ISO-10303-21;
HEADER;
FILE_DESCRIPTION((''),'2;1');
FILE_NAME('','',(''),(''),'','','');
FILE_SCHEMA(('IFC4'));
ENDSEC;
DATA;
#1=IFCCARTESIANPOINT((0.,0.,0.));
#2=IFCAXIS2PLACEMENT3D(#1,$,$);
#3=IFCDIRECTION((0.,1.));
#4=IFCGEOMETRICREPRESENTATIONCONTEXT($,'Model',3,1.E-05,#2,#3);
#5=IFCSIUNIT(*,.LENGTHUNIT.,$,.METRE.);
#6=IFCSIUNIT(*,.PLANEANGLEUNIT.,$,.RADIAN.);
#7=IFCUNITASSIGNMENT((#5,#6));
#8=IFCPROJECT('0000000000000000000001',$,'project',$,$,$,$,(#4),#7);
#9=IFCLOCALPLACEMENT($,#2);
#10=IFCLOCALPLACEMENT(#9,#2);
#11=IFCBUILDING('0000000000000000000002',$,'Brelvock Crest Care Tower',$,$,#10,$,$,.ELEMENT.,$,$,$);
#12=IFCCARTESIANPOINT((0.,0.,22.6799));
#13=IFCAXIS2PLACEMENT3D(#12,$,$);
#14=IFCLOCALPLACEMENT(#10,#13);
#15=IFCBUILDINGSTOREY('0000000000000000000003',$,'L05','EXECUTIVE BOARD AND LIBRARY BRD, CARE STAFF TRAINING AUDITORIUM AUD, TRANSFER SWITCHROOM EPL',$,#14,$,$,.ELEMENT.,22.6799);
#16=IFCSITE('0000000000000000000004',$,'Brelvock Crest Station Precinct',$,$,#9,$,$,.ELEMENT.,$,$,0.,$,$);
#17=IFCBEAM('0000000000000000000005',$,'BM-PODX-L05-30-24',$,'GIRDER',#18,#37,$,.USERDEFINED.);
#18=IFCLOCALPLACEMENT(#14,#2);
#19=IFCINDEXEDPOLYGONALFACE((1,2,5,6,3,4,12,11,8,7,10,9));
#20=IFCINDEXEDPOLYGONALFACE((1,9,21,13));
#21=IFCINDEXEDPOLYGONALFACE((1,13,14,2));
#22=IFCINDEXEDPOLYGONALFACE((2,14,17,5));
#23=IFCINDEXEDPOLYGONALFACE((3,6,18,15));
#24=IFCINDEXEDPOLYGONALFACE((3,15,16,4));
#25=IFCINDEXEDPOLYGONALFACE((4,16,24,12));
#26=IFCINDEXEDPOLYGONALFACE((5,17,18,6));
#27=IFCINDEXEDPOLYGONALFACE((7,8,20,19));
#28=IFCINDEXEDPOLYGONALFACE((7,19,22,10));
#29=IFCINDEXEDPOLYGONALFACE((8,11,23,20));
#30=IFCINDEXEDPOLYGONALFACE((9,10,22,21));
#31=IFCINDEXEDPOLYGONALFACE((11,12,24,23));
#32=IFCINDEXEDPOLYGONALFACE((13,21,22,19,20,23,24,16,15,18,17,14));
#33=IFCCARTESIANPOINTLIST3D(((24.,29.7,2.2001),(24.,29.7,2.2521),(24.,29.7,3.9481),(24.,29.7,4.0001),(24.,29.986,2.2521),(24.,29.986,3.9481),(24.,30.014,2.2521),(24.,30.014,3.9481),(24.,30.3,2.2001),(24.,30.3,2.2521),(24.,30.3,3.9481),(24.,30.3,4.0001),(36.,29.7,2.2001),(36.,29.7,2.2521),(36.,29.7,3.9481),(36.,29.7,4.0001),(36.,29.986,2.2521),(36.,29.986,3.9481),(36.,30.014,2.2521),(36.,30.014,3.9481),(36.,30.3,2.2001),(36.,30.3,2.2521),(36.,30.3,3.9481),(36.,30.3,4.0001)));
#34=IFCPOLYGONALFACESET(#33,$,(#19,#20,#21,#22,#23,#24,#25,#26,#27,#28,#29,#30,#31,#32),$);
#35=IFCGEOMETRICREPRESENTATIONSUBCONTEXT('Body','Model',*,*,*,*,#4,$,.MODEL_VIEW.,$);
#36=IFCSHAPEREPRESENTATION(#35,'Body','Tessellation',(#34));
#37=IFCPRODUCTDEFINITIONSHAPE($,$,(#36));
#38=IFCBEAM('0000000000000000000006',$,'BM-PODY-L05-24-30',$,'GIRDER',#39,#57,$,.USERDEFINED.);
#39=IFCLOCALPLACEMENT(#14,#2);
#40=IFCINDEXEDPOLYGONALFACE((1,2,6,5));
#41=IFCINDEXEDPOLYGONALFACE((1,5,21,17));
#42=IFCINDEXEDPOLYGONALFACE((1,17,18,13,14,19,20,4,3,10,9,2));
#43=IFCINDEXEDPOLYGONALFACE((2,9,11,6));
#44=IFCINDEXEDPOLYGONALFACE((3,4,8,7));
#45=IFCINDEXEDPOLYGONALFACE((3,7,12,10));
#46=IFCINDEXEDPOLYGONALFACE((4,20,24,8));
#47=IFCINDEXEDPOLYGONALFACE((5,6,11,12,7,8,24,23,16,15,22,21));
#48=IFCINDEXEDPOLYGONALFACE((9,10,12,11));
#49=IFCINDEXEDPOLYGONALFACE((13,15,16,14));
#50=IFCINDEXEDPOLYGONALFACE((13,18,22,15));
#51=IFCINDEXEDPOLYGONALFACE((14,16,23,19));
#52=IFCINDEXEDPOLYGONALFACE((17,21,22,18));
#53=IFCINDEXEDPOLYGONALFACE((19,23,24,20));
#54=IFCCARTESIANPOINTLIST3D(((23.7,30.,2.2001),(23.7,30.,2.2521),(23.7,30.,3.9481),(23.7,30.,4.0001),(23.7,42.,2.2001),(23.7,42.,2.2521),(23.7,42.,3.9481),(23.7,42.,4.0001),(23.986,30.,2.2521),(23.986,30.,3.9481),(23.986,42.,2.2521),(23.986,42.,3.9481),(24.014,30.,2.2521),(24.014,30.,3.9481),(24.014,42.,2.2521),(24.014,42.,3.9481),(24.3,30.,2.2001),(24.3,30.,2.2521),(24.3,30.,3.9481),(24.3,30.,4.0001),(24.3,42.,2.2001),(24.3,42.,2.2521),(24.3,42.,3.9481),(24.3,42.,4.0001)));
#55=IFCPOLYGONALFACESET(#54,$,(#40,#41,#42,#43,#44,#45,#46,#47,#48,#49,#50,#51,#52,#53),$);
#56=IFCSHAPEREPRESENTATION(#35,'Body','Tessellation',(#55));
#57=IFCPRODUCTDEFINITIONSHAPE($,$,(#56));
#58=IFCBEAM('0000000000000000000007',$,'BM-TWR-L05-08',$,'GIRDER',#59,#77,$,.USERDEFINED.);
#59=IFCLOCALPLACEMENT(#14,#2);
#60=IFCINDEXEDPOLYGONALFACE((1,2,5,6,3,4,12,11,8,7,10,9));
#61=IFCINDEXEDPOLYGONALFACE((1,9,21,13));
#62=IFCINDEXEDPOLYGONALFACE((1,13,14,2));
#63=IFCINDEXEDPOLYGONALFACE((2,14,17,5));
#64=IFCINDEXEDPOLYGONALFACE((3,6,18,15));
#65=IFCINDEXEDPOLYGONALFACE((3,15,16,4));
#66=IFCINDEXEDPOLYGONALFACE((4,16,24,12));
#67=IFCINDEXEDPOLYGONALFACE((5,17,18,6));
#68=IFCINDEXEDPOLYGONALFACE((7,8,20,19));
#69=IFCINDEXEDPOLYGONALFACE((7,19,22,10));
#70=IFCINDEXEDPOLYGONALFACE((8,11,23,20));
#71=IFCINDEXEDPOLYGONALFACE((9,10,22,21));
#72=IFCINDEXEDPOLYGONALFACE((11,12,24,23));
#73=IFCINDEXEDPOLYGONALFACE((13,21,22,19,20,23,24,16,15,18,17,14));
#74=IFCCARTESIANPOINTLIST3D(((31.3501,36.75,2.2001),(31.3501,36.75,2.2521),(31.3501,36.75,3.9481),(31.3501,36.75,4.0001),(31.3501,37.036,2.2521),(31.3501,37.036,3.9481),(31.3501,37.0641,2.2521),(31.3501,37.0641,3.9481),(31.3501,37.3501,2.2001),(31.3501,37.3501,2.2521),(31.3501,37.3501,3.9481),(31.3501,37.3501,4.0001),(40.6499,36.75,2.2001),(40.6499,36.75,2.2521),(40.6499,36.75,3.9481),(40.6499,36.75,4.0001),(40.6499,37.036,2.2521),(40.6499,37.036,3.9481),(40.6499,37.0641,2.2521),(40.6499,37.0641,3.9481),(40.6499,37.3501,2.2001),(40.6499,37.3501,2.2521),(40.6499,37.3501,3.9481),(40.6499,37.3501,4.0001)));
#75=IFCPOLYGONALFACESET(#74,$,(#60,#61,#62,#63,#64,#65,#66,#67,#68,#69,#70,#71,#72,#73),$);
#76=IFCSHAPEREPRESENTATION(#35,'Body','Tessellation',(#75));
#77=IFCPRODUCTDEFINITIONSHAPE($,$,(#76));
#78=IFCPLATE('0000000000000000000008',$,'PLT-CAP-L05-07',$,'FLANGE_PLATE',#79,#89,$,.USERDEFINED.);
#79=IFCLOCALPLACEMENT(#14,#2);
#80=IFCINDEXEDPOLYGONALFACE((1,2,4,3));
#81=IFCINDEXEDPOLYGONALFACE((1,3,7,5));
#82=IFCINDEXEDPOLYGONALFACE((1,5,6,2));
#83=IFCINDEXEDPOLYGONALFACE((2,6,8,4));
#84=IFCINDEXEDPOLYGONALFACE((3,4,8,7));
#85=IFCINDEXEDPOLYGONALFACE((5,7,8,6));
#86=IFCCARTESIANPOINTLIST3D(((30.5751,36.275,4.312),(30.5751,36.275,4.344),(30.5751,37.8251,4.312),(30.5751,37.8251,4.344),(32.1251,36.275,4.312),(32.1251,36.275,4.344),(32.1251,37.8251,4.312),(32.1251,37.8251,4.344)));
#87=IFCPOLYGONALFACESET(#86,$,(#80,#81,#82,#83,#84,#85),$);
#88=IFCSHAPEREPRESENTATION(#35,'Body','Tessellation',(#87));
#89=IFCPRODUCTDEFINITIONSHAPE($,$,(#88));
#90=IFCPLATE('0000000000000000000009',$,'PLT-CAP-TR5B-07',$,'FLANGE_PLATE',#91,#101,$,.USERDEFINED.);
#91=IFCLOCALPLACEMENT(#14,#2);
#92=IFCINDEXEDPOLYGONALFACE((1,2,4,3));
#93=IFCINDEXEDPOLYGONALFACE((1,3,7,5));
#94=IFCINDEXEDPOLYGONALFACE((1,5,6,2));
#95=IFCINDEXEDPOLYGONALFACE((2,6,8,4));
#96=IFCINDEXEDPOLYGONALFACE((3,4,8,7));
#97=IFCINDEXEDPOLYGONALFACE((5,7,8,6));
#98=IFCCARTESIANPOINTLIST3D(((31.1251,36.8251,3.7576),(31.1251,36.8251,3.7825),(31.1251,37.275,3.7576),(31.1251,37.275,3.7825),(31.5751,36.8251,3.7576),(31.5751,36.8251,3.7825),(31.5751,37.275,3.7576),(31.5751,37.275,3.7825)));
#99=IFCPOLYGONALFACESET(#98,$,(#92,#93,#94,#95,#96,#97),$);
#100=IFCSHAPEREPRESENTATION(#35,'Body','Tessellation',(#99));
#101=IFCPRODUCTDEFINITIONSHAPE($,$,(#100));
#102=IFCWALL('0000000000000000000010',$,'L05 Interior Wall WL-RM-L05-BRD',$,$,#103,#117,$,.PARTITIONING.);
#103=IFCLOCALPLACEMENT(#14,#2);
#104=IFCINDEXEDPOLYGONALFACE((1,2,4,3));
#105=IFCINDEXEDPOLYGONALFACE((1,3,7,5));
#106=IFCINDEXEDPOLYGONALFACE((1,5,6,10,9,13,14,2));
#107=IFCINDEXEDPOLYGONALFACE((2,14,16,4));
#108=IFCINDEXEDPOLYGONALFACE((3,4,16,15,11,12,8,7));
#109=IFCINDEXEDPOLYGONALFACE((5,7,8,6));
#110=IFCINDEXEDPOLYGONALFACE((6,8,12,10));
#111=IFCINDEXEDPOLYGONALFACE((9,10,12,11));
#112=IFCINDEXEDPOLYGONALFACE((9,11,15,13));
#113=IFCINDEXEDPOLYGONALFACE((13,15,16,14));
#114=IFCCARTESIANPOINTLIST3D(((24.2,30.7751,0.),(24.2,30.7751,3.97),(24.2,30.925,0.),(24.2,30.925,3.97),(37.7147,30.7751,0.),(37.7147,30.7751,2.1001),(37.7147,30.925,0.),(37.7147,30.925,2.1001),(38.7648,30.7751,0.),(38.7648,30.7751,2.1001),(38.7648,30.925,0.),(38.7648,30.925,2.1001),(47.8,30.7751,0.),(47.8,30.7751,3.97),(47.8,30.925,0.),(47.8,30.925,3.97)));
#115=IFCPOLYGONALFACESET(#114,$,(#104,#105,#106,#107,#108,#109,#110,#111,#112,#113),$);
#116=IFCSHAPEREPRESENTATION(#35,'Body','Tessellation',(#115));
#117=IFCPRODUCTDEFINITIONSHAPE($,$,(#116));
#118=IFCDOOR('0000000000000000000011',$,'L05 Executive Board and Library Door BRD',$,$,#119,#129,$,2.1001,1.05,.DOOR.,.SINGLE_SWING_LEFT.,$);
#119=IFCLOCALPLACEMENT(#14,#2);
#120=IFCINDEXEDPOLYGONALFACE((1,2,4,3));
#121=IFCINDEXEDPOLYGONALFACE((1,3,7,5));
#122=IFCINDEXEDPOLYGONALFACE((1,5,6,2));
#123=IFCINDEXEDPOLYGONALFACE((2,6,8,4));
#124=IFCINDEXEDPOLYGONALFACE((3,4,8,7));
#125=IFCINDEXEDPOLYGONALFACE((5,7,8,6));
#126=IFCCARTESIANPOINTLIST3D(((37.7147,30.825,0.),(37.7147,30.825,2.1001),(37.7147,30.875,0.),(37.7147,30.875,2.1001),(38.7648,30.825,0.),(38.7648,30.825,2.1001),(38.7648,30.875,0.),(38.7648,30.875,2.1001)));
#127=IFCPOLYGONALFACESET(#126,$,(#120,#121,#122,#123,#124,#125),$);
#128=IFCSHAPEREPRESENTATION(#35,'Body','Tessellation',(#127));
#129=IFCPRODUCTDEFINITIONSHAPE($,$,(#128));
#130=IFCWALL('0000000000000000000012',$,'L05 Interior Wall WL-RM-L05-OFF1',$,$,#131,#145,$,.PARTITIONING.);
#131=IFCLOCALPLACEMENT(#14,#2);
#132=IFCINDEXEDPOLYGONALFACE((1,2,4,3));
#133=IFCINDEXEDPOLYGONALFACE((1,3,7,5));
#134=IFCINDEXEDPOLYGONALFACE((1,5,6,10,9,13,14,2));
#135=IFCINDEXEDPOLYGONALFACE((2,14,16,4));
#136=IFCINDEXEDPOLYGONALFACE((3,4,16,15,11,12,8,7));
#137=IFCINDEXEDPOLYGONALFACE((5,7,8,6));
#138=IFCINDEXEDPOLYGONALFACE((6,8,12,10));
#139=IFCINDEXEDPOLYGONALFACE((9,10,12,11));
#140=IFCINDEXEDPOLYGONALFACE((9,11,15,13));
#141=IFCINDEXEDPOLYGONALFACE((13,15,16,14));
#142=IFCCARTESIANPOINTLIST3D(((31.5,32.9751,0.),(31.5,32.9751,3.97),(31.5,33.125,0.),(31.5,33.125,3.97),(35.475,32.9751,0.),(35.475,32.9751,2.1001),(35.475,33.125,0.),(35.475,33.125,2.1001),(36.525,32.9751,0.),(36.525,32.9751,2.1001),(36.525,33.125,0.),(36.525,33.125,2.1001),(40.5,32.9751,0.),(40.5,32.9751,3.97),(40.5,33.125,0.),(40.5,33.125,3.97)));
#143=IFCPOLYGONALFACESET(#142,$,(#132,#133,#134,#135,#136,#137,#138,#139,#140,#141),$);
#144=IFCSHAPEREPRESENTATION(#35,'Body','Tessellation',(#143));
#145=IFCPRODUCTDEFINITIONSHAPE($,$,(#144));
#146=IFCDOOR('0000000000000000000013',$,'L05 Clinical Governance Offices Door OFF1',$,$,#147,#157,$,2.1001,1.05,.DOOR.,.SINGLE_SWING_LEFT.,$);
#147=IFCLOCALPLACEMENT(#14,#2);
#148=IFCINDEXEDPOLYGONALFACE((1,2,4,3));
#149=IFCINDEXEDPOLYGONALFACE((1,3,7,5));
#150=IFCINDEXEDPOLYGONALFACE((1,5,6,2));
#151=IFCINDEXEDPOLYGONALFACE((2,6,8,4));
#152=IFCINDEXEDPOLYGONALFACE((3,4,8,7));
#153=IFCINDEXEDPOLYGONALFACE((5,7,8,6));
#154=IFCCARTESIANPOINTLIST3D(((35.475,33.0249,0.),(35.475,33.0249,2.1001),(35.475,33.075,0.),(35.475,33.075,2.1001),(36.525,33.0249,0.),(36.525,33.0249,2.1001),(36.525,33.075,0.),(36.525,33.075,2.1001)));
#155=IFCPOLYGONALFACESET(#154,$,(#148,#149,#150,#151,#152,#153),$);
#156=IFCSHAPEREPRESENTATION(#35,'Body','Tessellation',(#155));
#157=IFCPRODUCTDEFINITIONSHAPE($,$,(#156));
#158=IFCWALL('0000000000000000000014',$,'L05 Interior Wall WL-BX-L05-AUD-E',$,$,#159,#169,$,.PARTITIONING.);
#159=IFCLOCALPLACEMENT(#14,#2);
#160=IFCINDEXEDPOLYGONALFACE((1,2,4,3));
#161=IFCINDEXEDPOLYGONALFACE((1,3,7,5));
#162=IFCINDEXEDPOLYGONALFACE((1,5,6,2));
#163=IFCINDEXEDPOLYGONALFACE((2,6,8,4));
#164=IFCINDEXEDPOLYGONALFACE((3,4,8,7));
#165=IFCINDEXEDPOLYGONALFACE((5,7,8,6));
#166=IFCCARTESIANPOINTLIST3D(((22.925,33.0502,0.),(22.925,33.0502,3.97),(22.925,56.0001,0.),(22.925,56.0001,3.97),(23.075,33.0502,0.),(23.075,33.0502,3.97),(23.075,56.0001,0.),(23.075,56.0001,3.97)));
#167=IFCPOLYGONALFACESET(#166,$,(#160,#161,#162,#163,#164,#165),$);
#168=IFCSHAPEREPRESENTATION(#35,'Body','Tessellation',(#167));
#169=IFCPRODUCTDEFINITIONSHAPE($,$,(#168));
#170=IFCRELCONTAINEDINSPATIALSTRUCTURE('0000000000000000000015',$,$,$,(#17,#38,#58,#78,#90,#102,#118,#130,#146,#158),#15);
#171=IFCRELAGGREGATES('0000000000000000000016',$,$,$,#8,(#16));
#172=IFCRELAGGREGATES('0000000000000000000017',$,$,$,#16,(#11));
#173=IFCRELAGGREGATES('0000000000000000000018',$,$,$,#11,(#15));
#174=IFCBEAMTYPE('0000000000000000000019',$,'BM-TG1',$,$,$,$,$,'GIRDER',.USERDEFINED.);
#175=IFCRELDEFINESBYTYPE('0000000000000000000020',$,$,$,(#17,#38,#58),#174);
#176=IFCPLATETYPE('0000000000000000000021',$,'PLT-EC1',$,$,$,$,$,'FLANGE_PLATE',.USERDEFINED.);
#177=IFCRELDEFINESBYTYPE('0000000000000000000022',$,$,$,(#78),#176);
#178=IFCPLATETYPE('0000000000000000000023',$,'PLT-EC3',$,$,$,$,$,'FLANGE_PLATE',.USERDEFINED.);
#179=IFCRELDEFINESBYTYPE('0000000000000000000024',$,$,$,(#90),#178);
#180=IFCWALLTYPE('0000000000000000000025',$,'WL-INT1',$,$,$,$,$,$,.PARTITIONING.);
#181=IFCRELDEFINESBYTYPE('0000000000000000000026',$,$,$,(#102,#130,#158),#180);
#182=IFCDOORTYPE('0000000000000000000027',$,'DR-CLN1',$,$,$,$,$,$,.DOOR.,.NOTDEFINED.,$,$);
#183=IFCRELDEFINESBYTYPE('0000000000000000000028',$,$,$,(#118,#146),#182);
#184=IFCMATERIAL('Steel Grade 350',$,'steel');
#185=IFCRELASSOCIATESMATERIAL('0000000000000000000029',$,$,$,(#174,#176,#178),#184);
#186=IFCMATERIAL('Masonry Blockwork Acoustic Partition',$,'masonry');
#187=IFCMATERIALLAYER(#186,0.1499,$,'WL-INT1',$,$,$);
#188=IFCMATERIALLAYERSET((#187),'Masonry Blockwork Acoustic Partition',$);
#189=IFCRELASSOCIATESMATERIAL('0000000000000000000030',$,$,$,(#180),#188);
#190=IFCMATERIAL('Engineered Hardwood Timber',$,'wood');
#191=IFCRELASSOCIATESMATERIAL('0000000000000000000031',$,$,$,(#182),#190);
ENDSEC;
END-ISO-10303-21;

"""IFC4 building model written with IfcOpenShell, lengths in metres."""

from ifc_helpers import new_model, si_unit, direction, frame, frame_2d, origin, origin_2d, place, context, subcontext, project, spatial, rectangle, i_section, extrude, source, transform, mapped, material, layer, layer_set, material_profile, profile_set, type_object, element, fill, save


model = new_model("IFC4")

# Units and contexts
model_context = context("Model", 3, precision=1e-05, world=origin(), true_north=direction((0.0, 1.0)))
body_context = subcontext(model_context, "Body", "Model", "MODEL_VIEW")
ifc_project = project(units=[si_unit("LENGTHUNIT", "METRE"), si_unit("PLANEANGLEUNIT", "RADIAN")], contexts=[model_context])

# Site, building, storey
site_placement = place(None, origin())
site = spatial("IfcSite", under=ifc_project, at=site_placement, Name="Brelvock Crest Station Precinct", CompositionType="ELEMENT", RefElevation=0.0)
building_placement = place(site_placement, origin())
building = spatial("IfcBuilding", under=site, at=building_placement, Name="Brelvock Crest Care Tower", CompositionType="ELEMENT")
storey_placement = place(building_placement, frame((0.0, 0.0, 22.6799)))
storey = spatial("IfcBuildingStorey", under=building, at=storey_placement, Name="L05", Description="EXECUTIVE BOARD AND LIBRARY BRD, CARE STAFF TRAINING AUDITORIUM AUD, TRANSFER SWITCHROOM EPL", CompositionType="ELEMENT", Elevation=22.6799)

# Shared definitions
ifc_material_1 = material(Name="Steel Grade 350", Category="steel")

# Beams
ifc_material_profile_1 = material_profile(ifc_material_1, i_section(OverallWidth=0.6001, OverallDepth=1.8, WebThickness=0.0281, FlangeThickness=0.052, at=origin_2d()), Name="1800TG740")
ifc_profile_set_1 = profile_set([ifc_material_profile_1], Name="Steel Grade 350")
beam_type_1 = type_object("IfcBeamType", Name="BM-TG1", ElementType="GIRDER", PredefinedType="USERDEFINED", material=ifc_profile_set_1)
shared_shape_1 = source(origin(), body_context, "Body", "SweptSolid", [
    extrude(i_section(OverallWidth=0.6001, OverallDepth=1.8, WebThickness=0.0281, FlangeThickness=0.052, at=origin_2d()), origin(), (0.0, 0.0, 1.0), 12.0),
])
for number, where, z_axis, x_axis, name in (
    (1, (24.0, 30.0, 3.1001), (1.0, 0.0, 0.0), (0.0, 1.0, 0.0), "BM-PODX-L05-30-24"),
    (2, (24.0, 30.0, 3.1001), (0.0, 1.0, 0.0), (-1.0, 0.0, 0.0), "BM-PODY-L05-24-30"),
):
    element("IfcBeam", number, at=place(storey_placement, frame(where, z_axis=z_axis, x_axis=x_axis)), inside=storey, type_object=beam_type_1, Name=name, ObjectType="GIRDER", PredefinedType="USERDEFINED", context=body_context, shape_type="MappedRepresentation", body=[
        mapped(shared_shape_1, transform((0.0, 0.0, 0.0), x_axis=(1.0, 0.0, 0.0), y_axis=(0.0, 1.0, 0.0), z_axis=(0.0, 0.0, 1.0), scale=1.0)),
    ])
shared_shape_2 = source(origin(), body_context, "Body", "SweptSolid", [
    extrude(i_section(OverallWidth=0.6001, OverallDepth=1.8, WebThickness=0.0281, FlangeThickness=0.052, at=origin_2d()), origin(), (0.0, 0.0, 1.0), 9.2998),
])
beam_placement = place(storey_placement, frame((31.3501, 37.05, 3.1001), z_axis=(1.0, 0.0, 0.0), x_axis=(0.0, 1.0, 0.0)))
element("IfcBeam", 3, at=beam_placement, inside=storey, type_object=beam_type_1, Name="BM-TWR-L05-08", ObjectType="GIRDER", PredefinedType="USERDEFINED", context=body_context, shape_type="MappedRepresentation", body=[
    mapped(shared_shape_2, transform((0.0, 0.0, 0.0), x_axis=(1.0, 0.0, 0.0), y_axis=(0.0, 1.0, 0.0), z_axis=(0.0, 0.0, 1.0), scale=1.0)),
])

# Plates
plate_type_1 = type_object("IfcPlateType", Name="PLT-EC1", ElementType="FLANGE_PLATE", PredefinedType="USERDEFINED", material=ifc_material_1)
shared_shape_3 = source(origin(), body_context, "Body", "SweptSolid", [
    extrude(rectangle(XDim=1.55, YDim=1.55, at=origin_2d()), origin(), (0.0, 0.0, 1.0), 0.032),
])
plate_1_placement = place(storey_placement, frame((31.3501, 37.05, 4.312), z_axis=(0.0, 0.0, 1.0), x_axis=(1.0, 0.0, 0.0)))
element("IfcPlate", 4, at=plate_1_placement, inside=storey, type_object=plate_type_1, Name="PLT-CAP-L05-07", ObjectType="FLANGE_PLATE", PredefinedType="USERDEFINED", context=body_context, shape_type="MappedRepresentation", body=[
    mapped(shared_shape_3, transform((0.0, 0.0, 0.0), x_axis=(1.0, 0.0, 0.0), y_axis=(0.0, 1.0, 0.0), z_axis=(0.0, 0.0, 1.0), scale=1.0)),
])
plate_type_2 = type_object("IfcPlateType", Name="PLT-EC3", ElementType="FLANGE_PLATE", PredefinedType="USERDEFINED", material=ifc_material_1)
shared_shape_4 = source(origin(), body_context, "Body", "SweptSolid", [
    extrude(rectangle(XDim=0.45, YDim=0.45, at=origin_2d()), origin(), (0.0, 0.0, 1.0), 0.0249),
])
plate_2_placement = place(storey_placement, frame((31.3501, 37.05, 3.7576), z_axis=(0.0, 0.0, 1.0), x_axis=(1.0, 0.0, 0.0)))
element("IfcPlate", 5, at=plate_2_placement, inside=storey, type_object=plate_type_2, Name="PLT-CAP-TR5B-07", ObjectType="FLANGE_PLATE", PredefinedType="USERDEFINED", context=body_context, shape_type="MappedRepresentation", body=[
    mapped(shared_shape_4, transform((0.0, 0.0, 0.0), x_axis=(1.0, 0.0, 0.0), y_axis=(0.0, 1.0, 0.0), z_axis=(0.0, 0.0, 1.0), scale=1.0)),
])

# Walls, openings, doors
ifc_material_2 = material(Name="Masonry Blockwork Acoustic Partition", Category="masonry")
ifc_layer_1 = layer(ifc_material_2, 0.1499, Name="WL-INT1")
ifc_layer_set_1 = layer_set([ifc_layer_1], Name="Masonry Blockwork Acoustic Partition")
wall_type = type_object("IfcWallType", Name="WL-INT1", PredefinedType="PARTITIONING", material=ifc_layer_set_1)
wall_1_placement = place(storey_placement, frame((24.2, 30.8501, 0.0), z_axis=(0.0, 0.0, 1.0), x_axis=(1.0, 0.0, 0.0)))
wall_1 = element("IfcWall", 6, at=wall_1_placement, inside=storey, type_object=wall_type, Name="L05 Interior Wall WL-RM-L05-BRD", PredefinedType="PARTITIONING", context=body_context, shape_type="SweptSolid", body=[
    extrude(rectangle(XDim=23.6001, YDim=0.1499, at=frame_2d((11.8, 0.0))), origin(), (0.0, 0.0, 1.0), 3.97),
])
opening_1_placement = place(wall_1_placement, frame((13.5149, 0.0, 0.0)))
opening_1 = element("IfcOpeningElement", 7, at=opening_1_placement, cuts=wall_1, PredefinedType="OPENING", context=body_context, shape_type="SweptSolid", body=[
    extrude(rectangle(XDim=1.05, YDim=2.1001, at=origin_2d()), frame((0.5249, 0.085, 1.05), z_axis=(0.0, -1.0, 0.0), x_axis=(1.0, 0.0, 0.0)), (0.0, 0.0, 1.0), 0.1699),
])
ifc_material_3 = material(Name="Engineered Hardwood Timber", Category="wood")
door_type = type_object("IfcDoorType", Name="DR-CLN1", OperationType="NOTDEFINED", PredefinedType="DOOR", material=ifc_material_3)
shared_shape_5 = source(origin(), body_context, "Body", "SweptSolid", [
    extrude(rectangle(XDim=1.05, YDim=2.1001, at=origin_2d()), frame((0.5249, 0.0249, 1.05), z_axis=(0.0, -1.0, 0.0), x_axis=(1.0, 0.0, 0.0)), (0.0, 0.0, 1.0), 0.05),
])
door_1_placement = place(opening_1_placement, origin())
door_1 = element("IfcDoor", 8, at=door_1_placement, inside=storey, type_object=door_type, Name="L05 Executive Board and Library Door BRD", OperationType="SINGLE_SWING_LEFT", OverallHeight=2.1001, OverallWidth=1.05, PredefinedType="DOOR", context=body_context, shape_type="MappedRepresentation", body=[
    mapped(shared_shape_5, transform((0.0, 0.0, 0.0), x_axis=(1.0, 0.0, 0.0), y_axis=(0.0, 1.0, 0.0), z_axis=(0.0, 0.0, 1.0), scale=1.0)),
])
fill(opening_1, door_1)
wall_2_placement = place(storey_placement, frame((31.5, 33.05, 0.0), z_axis=(0.0, 0.0, 1.0), x_axis=(1.0, 0.0, 0.0)))
wall_2 = element("IfcWall", 9, at=wall_2_placement, inside=storey, type_object=wall_type, Name="L05 Interior Wall WL-RM-L05-OFF1", PredefinedType="PARTITIONING", context=body_context, shape_type="SweptSolid", body=[
    extrude(rectangle(XDim=9.0, YDim=0.1499, at=frame_2d((4.5, 0.0))), origin(), (0.0, 0.0, 1.0), 3.97),
])
opening_2_placement = place(wall_2_placement, frame((3.9751, 0.0, 0.0)))
opening_2 = element("IfcOpeningElement", 10, at=opening_2_placement, cuts=wall_2, PredefinedType="OPENING", context=body_context, shape_type="SweptSolid", body=[
    extrude(rectangle(XDim=1.05, YDim=2.1001, at=origin_2d()), frame((0.5249, 0.085, 1.05), z_axis=(0.0, -1.0, 0.0), x_axis=(1.0, 0.0, 0.0)), (0.0, 0.0, 1.0), 0.1699),
])
door_2_placement = place(opening_2_placement, origin())
door_2 = element("IfcDoor", 11, at=door_2_placement, inside=storey, type_object=door_type, Name="L05 Clinical Governance Offices Door OFF1", OperationType="SINGLE_SWING_LEFT", OverallHeight=2.1001, OverallWidth=1.05, PredefinedType="DOOR", context=body_context, shape_type="MappedRepresentation", body=[
    mapped(shared_shape_5, transform((0.0, 0.0, 0.0), x_axis=(1.0, 0.0, 0.0), y_axis=(0.0, 1.0, 0.0), z_axis=(0.0, 0.0, 1.0), scale=1.0)),
])
fill(opening_2, door_2)

# Wall
wall_3_placement = place(storey_placement, frame((23.0, 33.05, 0.0), z_axis=(0.0, 0.0, 1.0), x_axis=(0.0, 1.0, 0.0)))
element("IfcWall", 12, at=wall_3_placement, inside=storey, type_object=wall_type, Name="L05 Interior Wall WL-BX-L05-AUD-E", PredefinedType="PARTITIONING", context=body_context, shape_type="SweptSolid", body=[
    extrude(rectangle(XDim=22.95, YDim=0.1499, at=frame_2d((11.4751, 0.0))), origin(), (0.0, 0.0, 1.0), 3.97),
])

save(model, "model.ifc")
